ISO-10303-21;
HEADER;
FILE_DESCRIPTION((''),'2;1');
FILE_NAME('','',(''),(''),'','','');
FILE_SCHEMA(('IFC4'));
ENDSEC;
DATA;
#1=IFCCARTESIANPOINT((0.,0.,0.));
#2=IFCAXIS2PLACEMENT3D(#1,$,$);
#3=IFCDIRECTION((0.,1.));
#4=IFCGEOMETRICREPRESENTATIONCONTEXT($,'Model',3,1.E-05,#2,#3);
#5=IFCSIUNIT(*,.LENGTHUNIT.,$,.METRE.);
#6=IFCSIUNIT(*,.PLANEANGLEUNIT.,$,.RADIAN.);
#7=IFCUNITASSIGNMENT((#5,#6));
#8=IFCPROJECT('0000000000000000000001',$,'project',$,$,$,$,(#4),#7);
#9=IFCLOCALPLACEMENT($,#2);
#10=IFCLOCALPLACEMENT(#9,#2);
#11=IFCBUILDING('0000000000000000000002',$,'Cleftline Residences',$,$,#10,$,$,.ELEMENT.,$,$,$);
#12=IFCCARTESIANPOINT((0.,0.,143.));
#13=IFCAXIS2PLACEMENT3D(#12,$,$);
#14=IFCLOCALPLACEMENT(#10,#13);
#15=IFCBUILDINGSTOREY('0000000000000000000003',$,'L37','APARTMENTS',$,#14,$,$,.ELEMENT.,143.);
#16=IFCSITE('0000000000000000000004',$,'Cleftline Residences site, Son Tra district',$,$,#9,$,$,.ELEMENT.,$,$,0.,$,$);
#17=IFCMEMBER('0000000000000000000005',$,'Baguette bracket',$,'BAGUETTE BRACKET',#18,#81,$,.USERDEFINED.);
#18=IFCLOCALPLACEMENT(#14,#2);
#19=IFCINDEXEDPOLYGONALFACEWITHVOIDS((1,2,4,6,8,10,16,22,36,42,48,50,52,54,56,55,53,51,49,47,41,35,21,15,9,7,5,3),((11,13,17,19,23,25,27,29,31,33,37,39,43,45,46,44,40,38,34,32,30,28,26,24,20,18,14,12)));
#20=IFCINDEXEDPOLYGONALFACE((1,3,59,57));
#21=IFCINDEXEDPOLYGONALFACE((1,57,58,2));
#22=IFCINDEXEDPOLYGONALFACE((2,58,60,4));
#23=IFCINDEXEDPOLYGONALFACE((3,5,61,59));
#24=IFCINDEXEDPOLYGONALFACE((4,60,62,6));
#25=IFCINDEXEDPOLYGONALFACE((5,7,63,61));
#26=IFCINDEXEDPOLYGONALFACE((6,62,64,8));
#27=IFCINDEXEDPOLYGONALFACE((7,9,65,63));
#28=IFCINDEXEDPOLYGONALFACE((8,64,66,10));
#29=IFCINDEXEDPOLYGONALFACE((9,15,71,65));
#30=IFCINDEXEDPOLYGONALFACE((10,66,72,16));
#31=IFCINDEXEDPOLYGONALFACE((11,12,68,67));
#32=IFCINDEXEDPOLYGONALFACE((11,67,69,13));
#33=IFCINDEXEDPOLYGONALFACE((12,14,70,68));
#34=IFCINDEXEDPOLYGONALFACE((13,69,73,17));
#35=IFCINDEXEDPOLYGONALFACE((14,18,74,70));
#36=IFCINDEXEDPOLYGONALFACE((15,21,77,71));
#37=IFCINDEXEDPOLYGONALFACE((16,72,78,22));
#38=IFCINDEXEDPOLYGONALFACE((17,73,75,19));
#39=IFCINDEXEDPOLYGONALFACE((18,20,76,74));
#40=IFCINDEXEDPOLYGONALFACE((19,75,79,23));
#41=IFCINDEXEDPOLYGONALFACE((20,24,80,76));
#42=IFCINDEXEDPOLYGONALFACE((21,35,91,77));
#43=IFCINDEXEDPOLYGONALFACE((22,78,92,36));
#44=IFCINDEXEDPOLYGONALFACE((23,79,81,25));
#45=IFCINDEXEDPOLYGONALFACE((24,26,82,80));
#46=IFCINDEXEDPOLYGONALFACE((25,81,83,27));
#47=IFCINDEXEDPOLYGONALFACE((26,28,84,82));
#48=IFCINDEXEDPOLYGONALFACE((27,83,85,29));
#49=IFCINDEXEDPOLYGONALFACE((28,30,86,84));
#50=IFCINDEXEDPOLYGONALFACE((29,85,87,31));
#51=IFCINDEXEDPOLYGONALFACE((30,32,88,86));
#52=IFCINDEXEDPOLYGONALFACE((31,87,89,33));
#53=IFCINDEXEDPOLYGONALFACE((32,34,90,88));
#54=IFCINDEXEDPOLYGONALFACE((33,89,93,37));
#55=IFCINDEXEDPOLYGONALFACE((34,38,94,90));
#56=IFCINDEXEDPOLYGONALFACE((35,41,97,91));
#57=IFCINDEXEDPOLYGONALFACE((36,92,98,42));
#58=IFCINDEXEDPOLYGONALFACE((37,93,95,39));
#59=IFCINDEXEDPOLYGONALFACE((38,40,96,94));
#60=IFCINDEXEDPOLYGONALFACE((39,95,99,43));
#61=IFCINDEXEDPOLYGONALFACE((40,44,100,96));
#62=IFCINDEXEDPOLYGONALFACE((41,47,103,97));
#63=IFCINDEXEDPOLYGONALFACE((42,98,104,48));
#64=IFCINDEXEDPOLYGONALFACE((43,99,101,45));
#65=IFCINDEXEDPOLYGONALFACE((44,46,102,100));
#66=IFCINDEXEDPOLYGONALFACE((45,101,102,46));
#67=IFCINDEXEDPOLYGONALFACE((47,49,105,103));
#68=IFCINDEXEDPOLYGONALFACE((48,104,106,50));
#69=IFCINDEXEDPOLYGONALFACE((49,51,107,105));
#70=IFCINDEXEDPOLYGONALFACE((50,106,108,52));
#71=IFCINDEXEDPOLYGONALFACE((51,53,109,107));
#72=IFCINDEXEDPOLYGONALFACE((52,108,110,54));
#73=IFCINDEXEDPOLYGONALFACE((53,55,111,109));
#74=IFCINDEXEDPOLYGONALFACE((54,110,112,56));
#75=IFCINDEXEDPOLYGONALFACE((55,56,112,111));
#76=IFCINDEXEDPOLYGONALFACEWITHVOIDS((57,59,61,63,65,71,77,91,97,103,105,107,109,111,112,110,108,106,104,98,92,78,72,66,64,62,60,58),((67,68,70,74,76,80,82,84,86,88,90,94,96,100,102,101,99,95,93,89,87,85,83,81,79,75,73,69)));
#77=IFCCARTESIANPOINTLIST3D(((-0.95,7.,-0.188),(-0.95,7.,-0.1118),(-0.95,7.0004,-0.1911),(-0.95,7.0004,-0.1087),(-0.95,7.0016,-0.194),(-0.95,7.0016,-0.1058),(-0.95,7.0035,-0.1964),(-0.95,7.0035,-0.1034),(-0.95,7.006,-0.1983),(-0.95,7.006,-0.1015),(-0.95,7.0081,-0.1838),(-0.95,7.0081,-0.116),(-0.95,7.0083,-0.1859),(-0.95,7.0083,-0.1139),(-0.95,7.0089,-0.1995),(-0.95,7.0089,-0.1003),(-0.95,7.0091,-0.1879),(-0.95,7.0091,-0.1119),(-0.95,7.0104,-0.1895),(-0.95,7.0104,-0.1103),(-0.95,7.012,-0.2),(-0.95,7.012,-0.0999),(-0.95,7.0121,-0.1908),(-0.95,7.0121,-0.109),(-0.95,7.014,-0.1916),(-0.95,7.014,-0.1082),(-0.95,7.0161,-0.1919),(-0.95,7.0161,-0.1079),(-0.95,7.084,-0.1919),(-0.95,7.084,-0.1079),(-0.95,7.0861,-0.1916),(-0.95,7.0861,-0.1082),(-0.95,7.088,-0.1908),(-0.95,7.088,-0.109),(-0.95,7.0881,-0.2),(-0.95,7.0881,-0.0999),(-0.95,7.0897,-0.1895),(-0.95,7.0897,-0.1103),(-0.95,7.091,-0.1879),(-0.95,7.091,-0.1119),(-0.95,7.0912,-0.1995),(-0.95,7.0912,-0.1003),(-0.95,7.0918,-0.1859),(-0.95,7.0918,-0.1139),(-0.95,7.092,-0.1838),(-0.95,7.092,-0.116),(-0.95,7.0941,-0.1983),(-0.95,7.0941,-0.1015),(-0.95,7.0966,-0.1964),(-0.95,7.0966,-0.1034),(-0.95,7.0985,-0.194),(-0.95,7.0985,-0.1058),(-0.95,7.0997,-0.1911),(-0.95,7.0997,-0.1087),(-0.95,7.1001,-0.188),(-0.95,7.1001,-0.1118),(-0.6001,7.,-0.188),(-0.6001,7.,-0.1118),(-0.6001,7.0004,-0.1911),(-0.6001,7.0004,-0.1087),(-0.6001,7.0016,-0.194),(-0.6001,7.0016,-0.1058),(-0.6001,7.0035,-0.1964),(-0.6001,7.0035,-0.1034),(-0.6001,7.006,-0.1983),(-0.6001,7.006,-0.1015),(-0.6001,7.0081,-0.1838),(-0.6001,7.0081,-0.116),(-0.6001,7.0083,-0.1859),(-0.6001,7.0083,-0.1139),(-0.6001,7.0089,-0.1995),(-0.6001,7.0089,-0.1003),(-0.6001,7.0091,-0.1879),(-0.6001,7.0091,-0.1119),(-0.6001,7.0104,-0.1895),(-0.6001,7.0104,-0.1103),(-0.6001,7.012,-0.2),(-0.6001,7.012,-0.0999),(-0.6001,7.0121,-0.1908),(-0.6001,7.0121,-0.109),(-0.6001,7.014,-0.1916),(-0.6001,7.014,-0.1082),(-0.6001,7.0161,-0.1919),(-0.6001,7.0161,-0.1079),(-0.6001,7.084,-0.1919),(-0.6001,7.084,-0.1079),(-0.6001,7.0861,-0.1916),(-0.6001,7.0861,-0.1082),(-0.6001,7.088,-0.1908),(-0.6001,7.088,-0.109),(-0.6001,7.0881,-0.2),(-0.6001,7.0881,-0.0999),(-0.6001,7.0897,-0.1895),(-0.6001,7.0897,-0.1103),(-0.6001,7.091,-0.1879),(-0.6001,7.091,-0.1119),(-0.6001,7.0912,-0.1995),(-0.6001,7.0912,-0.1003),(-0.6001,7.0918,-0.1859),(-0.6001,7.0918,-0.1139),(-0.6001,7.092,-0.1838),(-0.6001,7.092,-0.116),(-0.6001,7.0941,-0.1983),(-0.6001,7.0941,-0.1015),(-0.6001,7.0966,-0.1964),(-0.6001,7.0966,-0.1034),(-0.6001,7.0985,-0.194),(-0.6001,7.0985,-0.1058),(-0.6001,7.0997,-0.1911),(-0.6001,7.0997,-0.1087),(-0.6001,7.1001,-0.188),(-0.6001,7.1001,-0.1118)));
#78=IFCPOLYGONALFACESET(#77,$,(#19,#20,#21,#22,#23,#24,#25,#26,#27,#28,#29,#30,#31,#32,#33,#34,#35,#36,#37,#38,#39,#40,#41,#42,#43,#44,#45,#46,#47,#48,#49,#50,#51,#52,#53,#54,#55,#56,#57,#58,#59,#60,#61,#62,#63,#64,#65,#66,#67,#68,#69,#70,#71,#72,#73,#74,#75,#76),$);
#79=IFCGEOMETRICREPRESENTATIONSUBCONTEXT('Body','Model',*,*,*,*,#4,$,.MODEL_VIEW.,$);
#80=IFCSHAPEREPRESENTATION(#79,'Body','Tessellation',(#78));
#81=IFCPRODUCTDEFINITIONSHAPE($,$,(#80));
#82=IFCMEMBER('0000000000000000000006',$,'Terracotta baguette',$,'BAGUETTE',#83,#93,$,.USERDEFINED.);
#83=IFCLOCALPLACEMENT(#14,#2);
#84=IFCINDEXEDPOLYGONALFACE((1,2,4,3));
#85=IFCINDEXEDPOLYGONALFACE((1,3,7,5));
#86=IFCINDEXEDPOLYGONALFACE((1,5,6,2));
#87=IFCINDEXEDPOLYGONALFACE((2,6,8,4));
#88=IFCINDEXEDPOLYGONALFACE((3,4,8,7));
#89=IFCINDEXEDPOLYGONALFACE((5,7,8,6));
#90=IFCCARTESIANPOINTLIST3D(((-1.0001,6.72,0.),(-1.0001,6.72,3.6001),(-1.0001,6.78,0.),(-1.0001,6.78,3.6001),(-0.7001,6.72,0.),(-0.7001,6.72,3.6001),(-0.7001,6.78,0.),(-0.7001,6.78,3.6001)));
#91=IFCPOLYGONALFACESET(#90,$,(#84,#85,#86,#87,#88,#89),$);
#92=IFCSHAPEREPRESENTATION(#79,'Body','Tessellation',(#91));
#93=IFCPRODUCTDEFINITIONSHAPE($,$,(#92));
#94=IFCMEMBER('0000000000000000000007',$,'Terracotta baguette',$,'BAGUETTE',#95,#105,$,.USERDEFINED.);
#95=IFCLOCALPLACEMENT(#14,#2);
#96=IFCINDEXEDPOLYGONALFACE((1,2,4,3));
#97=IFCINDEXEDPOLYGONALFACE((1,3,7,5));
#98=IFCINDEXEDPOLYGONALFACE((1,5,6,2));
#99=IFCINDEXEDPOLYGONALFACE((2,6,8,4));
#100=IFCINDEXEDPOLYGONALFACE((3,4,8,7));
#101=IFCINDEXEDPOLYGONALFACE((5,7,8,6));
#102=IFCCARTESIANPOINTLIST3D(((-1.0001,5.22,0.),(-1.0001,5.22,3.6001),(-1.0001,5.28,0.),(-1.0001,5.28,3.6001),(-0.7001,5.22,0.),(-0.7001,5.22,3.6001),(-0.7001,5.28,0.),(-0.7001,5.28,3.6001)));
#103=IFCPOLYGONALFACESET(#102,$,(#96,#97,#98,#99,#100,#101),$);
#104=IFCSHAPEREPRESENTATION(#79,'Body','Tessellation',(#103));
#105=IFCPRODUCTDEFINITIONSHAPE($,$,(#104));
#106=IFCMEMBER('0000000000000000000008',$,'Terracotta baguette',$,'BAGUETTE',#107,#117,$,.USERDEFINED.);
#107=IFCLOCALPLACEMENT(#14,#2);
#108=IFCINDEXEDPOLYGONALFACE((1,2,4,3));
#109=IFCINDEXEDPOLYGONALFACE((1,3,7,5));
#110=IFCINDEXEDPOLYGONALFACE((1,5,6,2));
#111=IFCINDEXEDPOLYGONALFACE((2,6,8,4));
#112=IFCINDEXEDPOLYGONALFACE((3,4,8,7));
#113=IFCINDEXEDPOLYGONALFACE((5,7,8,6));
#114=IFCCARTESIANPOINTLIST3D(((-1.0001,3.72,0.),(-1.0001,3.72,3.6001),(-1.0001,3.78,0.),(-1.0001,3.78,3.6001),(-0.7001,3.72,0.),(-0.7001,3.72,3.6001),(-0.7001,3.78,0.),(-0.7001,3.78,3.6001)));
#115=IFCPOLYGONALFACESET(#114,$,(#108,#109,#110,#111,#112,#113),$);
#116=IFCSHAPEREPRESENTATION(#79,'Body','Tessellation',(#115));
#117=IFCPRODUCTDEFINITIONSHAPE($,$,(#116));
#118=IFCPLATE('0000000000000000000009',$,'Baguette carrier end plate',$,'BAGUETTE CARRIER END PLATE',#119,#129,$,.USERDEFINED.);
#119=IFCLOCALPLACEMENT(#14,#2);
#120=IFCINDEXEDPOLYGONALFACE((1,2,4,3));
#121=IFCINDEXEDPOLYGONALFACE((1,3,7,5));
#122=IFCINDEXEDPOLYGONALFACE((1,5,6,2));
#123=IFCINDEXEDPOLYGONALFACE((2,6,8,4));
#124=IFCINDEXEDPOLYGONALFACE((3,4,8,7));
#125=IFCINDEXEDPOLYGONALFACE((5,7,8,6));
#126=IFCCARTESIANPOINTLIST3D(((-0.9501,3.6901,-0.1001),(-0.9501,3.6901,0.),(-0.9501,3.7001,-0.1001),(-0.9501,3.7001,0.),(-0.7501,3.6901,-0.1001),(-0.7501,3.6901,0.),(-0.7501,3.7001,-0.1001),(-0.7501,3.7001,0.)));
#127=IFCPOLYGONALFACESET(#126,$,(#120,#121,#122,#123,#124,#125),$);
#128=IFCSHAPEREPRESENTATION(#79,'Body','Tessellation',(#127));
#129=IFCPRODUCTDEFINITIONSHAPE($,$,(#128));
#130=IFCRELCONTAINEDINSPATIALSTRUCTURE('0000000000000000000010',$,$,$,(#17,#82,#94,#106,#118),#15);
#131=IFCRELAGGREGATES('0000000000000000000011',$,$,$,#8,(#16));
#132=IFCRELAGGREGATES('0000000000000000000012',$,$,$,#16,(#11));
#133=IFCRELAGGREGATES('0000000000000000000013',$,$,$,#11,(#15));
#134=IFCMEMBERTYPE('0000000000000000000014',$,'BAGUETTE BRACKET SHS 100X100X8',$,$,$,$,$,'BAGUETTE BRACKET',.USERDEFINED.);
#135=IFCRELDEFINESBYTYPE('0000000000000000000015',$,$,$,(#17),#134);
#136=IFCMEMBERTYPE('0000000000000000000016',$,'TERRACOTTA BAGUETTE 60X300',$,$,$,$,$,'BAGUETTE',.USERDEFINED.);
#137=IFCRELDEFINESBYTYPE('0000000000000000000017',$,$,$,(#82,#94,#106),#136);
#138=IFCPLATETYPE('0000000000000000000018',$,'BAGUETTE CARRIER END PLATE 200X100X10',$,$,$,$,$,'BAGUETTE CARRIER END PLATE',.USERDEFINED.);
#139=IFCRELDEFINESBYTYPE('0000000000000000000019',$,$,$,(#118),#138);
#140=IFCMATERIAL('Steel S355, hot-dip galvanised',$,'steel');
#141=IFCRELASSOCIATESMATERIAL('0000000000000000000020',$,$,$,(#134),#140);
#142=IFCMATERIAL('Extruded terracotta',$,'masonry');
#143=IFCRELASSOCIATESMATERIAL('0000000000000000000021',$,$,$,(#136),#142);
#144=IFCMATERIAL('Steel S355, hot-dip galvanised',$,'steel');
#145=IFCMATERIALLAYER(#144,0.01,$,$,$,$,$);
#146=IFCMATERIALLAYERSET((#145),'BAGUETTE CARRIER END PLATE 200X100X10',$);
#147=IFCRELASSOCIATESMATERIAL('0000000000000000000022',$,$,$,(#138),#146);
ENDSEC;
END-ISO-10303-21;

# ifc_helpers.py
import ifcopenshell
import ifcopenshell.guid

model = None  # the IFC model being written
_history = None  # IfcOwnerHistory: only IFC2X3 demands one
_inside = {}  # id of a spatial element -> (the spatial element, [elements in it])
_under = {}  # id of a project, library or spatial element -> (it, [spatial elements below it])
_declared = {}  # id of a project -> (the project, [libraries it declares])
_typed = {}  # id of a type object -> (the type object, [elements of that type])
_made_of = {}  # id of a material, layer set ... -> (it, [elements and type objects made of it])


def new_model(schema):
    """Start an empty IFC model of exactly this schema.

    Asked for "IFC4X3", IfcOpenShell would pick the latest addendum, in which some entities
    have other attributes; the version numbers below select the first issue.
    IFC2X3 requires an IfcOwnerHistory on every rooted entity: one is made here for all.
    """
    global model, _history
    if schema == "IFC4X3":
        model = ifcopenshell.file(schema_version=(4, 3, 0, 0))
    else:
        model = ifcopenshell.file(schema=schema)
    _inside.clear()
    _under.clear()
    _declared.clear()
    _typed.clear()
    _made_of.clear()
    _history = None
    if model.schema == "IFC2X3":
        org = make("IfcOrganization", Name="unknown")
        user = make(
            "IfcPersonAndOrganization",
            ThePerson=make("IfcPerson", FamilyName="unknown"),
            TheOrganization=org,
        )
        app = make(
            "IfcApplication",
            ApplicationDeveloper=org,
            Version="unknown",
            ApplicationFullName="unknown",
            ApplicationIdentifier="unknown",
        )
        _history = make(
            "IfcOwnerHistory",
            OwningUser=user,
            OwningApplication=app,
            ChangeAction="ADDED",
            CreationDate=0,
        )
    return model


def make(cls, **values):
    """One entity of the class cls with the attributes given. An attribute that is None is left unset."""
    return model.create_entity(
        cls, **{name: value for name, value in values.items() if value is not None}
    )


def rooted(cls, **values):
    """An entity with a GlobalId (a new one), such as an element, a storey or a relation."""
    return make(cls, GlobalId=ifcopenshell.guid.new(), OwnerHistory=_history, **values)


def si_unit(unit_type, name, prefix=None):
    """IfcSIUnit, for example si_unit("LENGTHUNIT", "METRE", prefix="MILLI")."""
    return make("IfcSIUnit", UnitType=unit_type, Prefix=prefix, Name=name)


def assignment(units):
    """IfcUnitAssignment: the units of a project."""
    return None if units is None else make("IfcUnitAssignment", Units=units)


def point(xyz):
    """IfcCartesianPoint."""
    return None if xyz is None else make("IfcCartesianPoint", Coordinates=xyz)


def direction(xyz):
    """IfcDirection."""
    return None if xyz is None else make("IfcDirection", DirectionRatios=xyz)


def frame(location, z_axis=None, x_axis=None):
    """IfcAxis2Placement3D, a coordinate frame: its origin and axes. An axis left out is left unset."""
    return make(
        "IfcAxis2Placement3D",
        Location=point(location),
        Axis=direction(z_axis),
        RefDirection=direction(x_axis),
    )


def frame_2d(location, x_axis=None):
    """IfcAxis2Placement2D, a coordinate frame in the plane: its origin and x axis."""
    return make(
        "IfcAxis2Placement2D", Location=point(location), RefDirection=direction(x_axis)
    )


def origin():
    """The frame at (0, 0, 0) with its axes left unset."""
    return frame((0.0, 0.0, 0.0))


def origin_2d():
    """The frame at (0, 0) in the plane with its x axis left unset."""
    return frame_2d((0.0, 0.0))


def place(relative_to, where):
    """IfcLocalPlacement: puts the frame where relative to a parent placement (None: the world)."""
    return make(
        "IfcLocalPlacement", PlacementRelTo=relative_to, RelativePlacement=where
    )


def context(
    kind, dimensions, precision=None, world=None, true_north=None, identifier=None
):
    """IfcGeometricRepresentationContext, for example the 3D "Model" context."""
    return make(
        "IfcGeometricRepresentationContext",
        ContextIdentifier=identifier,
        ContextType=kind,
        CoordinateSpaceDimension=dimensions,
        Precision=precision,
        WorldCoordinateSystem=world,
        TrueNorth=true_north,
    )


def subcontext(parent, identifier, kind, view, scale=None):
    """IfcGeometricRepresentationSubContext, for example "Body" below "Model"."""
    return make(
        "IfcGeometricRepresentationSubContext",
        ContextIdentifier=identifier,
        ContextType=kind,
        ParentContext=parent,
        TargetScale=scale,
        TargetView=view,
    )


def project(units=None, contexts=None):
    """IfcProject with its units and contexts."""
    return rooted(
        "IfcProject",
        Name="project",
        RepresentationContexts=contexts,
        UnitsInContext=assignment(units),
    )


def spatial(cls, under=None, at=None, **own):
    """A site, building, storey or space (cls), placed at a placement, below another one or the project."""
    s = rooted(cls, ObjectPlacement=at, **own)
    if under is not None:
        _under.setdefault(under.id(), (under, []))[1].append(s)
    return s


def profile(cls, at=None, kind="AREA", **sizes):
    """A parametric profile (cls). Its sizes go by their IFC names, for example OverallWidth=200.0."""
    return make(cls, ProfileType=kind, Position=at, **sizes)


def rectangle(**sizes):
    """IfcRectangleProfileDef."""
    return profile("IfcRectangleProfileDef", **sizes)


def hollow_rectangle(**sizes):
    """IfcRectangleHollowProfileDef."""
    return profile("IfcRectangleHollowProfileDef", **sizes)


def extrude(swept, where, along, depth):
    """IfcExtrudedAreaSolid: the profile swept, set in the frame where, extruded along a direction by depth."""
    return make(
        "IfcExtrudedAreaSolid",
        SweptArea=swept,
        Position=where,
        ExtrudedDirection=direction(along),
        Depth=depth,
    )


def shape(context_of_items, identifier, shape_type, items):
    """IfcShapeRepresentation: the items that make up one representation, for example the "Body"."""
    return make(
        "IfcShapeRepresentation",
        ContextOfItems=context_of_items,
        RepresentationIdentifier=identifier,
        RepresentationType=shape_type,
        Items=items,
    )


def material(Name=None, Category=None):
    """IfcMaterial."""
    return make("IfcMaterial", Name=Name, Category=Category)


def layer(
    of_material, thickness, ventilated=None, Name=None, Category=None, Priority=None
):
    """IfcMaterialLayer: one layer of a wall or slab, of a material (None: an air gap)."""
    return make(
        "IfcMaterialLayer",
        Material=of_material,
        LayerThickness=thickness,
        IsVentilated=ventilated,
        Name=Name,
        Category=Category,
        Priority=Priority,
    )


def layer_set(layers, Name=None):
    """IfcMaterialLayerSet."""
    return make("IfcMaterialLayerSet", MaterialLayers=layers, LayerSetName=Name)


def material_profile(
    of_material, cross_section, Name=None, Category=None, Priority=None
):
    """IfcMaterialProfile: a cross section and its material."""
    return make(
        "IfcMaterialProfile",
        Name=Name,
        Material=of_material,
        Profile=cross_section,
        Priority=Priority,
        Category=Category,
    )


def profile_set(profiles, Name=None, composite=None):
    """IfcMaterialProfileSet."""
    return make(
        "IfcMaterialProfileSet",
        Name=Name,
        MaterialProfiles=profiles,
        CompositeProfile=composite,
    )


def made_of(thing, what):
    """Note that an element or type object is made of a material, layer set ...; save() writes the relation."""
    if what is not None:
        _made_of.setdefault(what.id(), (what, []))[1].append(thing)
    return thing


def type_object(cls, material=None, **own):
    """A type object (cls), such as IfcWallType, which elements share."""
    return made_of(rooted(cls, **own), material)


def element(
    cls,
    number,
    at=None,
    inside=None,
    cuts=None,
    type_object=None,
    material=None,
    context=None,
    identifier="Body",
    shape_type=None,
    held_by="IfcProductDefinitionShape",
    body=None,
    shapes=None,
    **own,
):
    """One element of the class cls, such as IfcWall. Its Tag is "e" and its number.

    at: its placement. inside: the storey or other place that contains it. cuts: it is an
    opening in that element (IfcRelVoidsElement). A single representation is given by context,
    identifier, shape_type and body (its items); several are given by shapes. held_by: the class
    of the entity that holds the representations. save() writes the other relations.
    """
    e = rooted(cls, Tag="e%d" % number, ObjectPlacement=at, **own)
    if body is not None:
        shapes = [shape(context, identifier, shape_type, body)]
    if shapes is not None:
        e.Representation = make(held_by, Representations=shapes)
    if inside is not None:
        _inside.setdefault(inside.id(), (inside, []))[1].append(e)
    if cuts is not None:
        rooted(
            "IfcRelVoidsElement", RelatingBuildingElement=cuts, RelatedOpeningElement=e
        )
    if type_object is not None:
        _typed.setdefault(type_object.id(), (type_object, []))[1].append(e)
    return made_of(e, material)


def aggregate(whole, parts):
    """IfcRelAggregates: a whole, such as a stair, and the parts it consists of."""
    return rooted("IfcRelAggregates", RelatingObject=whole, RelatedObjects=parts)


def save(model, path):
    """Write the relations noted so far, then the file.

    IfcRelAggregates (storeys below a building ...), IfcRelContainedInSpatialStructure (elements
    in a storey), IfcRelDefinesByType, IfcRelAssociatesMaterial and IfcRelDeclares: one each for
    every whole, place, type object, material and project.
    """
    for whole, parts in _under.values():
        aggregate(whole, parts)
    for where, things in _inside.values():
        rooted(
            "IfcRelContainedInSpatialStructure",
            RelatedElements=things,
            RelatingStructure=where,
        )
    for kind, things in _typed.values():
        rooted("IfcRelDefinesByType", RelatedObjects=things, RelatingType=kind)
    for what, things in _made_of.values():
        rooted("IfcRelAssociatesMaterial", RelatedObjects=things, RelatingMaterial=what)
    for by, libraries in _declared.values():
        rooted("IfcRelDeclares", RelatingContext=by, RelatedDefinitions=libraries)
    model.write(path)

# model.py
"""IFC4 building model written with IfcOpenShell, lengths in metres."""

from ifc_helpers import new_model, si_unit, direction, frame, origin, origin_2d, place, context, subcontext, project, spatial, rectangle, hollow_rectangle, extrude, material, layer, layer_set, material_profile, profile_set, type_object, element, save


model = new_model("IFC4")

# Units and contexts
model_context = context("Model", 3, precision=1e-05, world=origin(), true_north=direction((0.0, 1.0)))
body_context = subcontext(model_context, "Body", "Model", "MODEL_VIEW")
ifc_project = project(units=[si_unit("LENGTHUNIT", "METRE"), si_unit("PLANEANGLEUNIT", "RADIAN")], contexts=[model_context])

# Site, building, storey
site_placement = place(None, origin())
site = spatial("IfcSite", under=ifc_project, at=site_placement, Name="Cleftline Residences site, Son Tra district", CompositionType="ELEMENT", RefElevation=0.0)
building_placement = place(site_placement, origin())
building = spatial("IfcBuilding", under=site, at=building_placement, Name="Cleftline Residences", CompositionType="ELEMENT")
storey_placement = place(building_placement, frame((0.0, 0.0, 143.0)))
storey = spatial("IfcBuildingStorey", under=building, at=storey_placement, Name="L37", Description="APARTMENTS", CompositionType="ELEMENT", Elevation=143.0)

# Members
ifc_material_1 = material(Name="Steel S355, hot-dip galvanised", Category="steel")
ifc_material_profile_1 = material_profile(ifc_material_1, hollow_rectangle(XDim=0.1001, YDim=0.1001, WallThickness=0.0081, InnerFilletRadius=0.0081, OuterFilletRadius=0.012, at=origin_2d()))
ifc_profile_set_1 = profile_set([ifc_material_profile_1], Name="Steel S355, hot-dip galvanised")
member_type_1 = type_object("IfcMemberType", Name="BAGUETTE BRACKET SHS 100X100X8", ElementType="BAGUETTE BRACKET", PredefinedType="USERDEFINED", material=ifc_profile_set_1)
member_placement = place(storey_placement, frame((-0.6001, 7.05, -0.1499), z_axis=(-1.0, 0.0, 0.0), x_axis=(0.0, -1.0, 0.0)))
element("IfcMember", 1, at=member_placement, inside=storey, type_object=member_type_1, Name="Baguette bracket", ObjectType="BAGUETTE BRACKET", PredefinedType="USERDEFINED", context=body_context, shape_type="SweptSolid", body=[
    extrude(hollow_rectangle(XDim=0.1001, YDim=0.1001, WallThickness=0.0081, InnerFilletRadius=0.0081, OuterFilletRadius=0.012, at=origin_2d()), origin(), (0.0, 0.0, 1.0), 0.3499),
])
ifc_material_2 = material(Name="Extruded terracotta", Category="masonry")
ifc_material_profile_2 = material_profile(ifc_material_2, rectangle(XDim=0.0601, YDim=0.3, at=origin_2d()))
ifc_profile_set_2 = profile_set([ifc_material_profile_2], Name="Extruded terracotta")
member_type_2 = type_object("IfcMemberType", Name="TERRACOTTA BAGUETTE 60X300", ElementType="BAGUETTE", PredefinedType="USERDEFINED", material=ifc_profile_set_2)
for number, where, z_axis, x_axis, name in (
    (2, (-0.8501, 6.75, 0.0), (0.0, 0.0, 1.0), (0.0, 1.0, 0.0), "Terracotta baguette"),
    (3, (-0.8501, 5.25, 0.0), (0.0, 0.0, 1.0), (0.0, 1.0, 0.0), "Terracotta baguette"),
    (4, (-0.8501, 3.75, 0.0), (0.0, 0.0, 1.0), (0.0, 1.0, 0.0), "Terracotta baguette"),
):
    element("IfcMember", number, at=place(storey_placement, frame(where, z_axis=z_axis, x_axis=x_axis)), inside=storey, type_object=member_type_2, Name=name, ObjectType="BAGUETTE", PredefinedType="USERDEFINED", context=body_context, shape_type="SweptSolid", body=[
        extrude(rectangle(XDim=0.0601, YDim=0.3, at=origin_2d()), origin(), (0.0, 0.0, 1.0), 3.6001),
    ])

# Plate
ifc_material_3 = material(Name="Steel S355, hot-dip galvanised", Category="steel")
ifc_layer_1 = layer(ifc_material_3, 0.01)
ifc_layer_set_1 = layer_set([ifc_layer_1], Name="BAGUETTE CARRIER END PLATE 200X100X10")
plate_type = type_object("IfcPlateType", Name="BAGUETTE CARRIER END PLATE 200X100X10", ElementType="BAGUETTE CARRIER END PLATE", PredefinedType="USERDEFINED", material=ifc_layer_set_1)
plate_placement = place(storey_placement, frame((-0.8501, 3.6951, -0.1001), z_axis=(0.0, 0.0, 1.0), x_axis=(-1.0, 0.0, 0.0)))
element("IfcPlate", 5, at=plate_placement, inside=storey, type_object=plate_type, Name="Baguette carrier end plate", ObjectType="BAGUETTE CARRIER END PLATE", PredefinedType="USERDEFINED", context=body_context, shape_type="SweptSolid", body=[
    extrude(rectangle(XDim=0.2, YDim=0.01, at=origin_2d()), origin(), (0.0, 0.0, 1.0), 0.1001),
])

save(model, "model.ifc")
